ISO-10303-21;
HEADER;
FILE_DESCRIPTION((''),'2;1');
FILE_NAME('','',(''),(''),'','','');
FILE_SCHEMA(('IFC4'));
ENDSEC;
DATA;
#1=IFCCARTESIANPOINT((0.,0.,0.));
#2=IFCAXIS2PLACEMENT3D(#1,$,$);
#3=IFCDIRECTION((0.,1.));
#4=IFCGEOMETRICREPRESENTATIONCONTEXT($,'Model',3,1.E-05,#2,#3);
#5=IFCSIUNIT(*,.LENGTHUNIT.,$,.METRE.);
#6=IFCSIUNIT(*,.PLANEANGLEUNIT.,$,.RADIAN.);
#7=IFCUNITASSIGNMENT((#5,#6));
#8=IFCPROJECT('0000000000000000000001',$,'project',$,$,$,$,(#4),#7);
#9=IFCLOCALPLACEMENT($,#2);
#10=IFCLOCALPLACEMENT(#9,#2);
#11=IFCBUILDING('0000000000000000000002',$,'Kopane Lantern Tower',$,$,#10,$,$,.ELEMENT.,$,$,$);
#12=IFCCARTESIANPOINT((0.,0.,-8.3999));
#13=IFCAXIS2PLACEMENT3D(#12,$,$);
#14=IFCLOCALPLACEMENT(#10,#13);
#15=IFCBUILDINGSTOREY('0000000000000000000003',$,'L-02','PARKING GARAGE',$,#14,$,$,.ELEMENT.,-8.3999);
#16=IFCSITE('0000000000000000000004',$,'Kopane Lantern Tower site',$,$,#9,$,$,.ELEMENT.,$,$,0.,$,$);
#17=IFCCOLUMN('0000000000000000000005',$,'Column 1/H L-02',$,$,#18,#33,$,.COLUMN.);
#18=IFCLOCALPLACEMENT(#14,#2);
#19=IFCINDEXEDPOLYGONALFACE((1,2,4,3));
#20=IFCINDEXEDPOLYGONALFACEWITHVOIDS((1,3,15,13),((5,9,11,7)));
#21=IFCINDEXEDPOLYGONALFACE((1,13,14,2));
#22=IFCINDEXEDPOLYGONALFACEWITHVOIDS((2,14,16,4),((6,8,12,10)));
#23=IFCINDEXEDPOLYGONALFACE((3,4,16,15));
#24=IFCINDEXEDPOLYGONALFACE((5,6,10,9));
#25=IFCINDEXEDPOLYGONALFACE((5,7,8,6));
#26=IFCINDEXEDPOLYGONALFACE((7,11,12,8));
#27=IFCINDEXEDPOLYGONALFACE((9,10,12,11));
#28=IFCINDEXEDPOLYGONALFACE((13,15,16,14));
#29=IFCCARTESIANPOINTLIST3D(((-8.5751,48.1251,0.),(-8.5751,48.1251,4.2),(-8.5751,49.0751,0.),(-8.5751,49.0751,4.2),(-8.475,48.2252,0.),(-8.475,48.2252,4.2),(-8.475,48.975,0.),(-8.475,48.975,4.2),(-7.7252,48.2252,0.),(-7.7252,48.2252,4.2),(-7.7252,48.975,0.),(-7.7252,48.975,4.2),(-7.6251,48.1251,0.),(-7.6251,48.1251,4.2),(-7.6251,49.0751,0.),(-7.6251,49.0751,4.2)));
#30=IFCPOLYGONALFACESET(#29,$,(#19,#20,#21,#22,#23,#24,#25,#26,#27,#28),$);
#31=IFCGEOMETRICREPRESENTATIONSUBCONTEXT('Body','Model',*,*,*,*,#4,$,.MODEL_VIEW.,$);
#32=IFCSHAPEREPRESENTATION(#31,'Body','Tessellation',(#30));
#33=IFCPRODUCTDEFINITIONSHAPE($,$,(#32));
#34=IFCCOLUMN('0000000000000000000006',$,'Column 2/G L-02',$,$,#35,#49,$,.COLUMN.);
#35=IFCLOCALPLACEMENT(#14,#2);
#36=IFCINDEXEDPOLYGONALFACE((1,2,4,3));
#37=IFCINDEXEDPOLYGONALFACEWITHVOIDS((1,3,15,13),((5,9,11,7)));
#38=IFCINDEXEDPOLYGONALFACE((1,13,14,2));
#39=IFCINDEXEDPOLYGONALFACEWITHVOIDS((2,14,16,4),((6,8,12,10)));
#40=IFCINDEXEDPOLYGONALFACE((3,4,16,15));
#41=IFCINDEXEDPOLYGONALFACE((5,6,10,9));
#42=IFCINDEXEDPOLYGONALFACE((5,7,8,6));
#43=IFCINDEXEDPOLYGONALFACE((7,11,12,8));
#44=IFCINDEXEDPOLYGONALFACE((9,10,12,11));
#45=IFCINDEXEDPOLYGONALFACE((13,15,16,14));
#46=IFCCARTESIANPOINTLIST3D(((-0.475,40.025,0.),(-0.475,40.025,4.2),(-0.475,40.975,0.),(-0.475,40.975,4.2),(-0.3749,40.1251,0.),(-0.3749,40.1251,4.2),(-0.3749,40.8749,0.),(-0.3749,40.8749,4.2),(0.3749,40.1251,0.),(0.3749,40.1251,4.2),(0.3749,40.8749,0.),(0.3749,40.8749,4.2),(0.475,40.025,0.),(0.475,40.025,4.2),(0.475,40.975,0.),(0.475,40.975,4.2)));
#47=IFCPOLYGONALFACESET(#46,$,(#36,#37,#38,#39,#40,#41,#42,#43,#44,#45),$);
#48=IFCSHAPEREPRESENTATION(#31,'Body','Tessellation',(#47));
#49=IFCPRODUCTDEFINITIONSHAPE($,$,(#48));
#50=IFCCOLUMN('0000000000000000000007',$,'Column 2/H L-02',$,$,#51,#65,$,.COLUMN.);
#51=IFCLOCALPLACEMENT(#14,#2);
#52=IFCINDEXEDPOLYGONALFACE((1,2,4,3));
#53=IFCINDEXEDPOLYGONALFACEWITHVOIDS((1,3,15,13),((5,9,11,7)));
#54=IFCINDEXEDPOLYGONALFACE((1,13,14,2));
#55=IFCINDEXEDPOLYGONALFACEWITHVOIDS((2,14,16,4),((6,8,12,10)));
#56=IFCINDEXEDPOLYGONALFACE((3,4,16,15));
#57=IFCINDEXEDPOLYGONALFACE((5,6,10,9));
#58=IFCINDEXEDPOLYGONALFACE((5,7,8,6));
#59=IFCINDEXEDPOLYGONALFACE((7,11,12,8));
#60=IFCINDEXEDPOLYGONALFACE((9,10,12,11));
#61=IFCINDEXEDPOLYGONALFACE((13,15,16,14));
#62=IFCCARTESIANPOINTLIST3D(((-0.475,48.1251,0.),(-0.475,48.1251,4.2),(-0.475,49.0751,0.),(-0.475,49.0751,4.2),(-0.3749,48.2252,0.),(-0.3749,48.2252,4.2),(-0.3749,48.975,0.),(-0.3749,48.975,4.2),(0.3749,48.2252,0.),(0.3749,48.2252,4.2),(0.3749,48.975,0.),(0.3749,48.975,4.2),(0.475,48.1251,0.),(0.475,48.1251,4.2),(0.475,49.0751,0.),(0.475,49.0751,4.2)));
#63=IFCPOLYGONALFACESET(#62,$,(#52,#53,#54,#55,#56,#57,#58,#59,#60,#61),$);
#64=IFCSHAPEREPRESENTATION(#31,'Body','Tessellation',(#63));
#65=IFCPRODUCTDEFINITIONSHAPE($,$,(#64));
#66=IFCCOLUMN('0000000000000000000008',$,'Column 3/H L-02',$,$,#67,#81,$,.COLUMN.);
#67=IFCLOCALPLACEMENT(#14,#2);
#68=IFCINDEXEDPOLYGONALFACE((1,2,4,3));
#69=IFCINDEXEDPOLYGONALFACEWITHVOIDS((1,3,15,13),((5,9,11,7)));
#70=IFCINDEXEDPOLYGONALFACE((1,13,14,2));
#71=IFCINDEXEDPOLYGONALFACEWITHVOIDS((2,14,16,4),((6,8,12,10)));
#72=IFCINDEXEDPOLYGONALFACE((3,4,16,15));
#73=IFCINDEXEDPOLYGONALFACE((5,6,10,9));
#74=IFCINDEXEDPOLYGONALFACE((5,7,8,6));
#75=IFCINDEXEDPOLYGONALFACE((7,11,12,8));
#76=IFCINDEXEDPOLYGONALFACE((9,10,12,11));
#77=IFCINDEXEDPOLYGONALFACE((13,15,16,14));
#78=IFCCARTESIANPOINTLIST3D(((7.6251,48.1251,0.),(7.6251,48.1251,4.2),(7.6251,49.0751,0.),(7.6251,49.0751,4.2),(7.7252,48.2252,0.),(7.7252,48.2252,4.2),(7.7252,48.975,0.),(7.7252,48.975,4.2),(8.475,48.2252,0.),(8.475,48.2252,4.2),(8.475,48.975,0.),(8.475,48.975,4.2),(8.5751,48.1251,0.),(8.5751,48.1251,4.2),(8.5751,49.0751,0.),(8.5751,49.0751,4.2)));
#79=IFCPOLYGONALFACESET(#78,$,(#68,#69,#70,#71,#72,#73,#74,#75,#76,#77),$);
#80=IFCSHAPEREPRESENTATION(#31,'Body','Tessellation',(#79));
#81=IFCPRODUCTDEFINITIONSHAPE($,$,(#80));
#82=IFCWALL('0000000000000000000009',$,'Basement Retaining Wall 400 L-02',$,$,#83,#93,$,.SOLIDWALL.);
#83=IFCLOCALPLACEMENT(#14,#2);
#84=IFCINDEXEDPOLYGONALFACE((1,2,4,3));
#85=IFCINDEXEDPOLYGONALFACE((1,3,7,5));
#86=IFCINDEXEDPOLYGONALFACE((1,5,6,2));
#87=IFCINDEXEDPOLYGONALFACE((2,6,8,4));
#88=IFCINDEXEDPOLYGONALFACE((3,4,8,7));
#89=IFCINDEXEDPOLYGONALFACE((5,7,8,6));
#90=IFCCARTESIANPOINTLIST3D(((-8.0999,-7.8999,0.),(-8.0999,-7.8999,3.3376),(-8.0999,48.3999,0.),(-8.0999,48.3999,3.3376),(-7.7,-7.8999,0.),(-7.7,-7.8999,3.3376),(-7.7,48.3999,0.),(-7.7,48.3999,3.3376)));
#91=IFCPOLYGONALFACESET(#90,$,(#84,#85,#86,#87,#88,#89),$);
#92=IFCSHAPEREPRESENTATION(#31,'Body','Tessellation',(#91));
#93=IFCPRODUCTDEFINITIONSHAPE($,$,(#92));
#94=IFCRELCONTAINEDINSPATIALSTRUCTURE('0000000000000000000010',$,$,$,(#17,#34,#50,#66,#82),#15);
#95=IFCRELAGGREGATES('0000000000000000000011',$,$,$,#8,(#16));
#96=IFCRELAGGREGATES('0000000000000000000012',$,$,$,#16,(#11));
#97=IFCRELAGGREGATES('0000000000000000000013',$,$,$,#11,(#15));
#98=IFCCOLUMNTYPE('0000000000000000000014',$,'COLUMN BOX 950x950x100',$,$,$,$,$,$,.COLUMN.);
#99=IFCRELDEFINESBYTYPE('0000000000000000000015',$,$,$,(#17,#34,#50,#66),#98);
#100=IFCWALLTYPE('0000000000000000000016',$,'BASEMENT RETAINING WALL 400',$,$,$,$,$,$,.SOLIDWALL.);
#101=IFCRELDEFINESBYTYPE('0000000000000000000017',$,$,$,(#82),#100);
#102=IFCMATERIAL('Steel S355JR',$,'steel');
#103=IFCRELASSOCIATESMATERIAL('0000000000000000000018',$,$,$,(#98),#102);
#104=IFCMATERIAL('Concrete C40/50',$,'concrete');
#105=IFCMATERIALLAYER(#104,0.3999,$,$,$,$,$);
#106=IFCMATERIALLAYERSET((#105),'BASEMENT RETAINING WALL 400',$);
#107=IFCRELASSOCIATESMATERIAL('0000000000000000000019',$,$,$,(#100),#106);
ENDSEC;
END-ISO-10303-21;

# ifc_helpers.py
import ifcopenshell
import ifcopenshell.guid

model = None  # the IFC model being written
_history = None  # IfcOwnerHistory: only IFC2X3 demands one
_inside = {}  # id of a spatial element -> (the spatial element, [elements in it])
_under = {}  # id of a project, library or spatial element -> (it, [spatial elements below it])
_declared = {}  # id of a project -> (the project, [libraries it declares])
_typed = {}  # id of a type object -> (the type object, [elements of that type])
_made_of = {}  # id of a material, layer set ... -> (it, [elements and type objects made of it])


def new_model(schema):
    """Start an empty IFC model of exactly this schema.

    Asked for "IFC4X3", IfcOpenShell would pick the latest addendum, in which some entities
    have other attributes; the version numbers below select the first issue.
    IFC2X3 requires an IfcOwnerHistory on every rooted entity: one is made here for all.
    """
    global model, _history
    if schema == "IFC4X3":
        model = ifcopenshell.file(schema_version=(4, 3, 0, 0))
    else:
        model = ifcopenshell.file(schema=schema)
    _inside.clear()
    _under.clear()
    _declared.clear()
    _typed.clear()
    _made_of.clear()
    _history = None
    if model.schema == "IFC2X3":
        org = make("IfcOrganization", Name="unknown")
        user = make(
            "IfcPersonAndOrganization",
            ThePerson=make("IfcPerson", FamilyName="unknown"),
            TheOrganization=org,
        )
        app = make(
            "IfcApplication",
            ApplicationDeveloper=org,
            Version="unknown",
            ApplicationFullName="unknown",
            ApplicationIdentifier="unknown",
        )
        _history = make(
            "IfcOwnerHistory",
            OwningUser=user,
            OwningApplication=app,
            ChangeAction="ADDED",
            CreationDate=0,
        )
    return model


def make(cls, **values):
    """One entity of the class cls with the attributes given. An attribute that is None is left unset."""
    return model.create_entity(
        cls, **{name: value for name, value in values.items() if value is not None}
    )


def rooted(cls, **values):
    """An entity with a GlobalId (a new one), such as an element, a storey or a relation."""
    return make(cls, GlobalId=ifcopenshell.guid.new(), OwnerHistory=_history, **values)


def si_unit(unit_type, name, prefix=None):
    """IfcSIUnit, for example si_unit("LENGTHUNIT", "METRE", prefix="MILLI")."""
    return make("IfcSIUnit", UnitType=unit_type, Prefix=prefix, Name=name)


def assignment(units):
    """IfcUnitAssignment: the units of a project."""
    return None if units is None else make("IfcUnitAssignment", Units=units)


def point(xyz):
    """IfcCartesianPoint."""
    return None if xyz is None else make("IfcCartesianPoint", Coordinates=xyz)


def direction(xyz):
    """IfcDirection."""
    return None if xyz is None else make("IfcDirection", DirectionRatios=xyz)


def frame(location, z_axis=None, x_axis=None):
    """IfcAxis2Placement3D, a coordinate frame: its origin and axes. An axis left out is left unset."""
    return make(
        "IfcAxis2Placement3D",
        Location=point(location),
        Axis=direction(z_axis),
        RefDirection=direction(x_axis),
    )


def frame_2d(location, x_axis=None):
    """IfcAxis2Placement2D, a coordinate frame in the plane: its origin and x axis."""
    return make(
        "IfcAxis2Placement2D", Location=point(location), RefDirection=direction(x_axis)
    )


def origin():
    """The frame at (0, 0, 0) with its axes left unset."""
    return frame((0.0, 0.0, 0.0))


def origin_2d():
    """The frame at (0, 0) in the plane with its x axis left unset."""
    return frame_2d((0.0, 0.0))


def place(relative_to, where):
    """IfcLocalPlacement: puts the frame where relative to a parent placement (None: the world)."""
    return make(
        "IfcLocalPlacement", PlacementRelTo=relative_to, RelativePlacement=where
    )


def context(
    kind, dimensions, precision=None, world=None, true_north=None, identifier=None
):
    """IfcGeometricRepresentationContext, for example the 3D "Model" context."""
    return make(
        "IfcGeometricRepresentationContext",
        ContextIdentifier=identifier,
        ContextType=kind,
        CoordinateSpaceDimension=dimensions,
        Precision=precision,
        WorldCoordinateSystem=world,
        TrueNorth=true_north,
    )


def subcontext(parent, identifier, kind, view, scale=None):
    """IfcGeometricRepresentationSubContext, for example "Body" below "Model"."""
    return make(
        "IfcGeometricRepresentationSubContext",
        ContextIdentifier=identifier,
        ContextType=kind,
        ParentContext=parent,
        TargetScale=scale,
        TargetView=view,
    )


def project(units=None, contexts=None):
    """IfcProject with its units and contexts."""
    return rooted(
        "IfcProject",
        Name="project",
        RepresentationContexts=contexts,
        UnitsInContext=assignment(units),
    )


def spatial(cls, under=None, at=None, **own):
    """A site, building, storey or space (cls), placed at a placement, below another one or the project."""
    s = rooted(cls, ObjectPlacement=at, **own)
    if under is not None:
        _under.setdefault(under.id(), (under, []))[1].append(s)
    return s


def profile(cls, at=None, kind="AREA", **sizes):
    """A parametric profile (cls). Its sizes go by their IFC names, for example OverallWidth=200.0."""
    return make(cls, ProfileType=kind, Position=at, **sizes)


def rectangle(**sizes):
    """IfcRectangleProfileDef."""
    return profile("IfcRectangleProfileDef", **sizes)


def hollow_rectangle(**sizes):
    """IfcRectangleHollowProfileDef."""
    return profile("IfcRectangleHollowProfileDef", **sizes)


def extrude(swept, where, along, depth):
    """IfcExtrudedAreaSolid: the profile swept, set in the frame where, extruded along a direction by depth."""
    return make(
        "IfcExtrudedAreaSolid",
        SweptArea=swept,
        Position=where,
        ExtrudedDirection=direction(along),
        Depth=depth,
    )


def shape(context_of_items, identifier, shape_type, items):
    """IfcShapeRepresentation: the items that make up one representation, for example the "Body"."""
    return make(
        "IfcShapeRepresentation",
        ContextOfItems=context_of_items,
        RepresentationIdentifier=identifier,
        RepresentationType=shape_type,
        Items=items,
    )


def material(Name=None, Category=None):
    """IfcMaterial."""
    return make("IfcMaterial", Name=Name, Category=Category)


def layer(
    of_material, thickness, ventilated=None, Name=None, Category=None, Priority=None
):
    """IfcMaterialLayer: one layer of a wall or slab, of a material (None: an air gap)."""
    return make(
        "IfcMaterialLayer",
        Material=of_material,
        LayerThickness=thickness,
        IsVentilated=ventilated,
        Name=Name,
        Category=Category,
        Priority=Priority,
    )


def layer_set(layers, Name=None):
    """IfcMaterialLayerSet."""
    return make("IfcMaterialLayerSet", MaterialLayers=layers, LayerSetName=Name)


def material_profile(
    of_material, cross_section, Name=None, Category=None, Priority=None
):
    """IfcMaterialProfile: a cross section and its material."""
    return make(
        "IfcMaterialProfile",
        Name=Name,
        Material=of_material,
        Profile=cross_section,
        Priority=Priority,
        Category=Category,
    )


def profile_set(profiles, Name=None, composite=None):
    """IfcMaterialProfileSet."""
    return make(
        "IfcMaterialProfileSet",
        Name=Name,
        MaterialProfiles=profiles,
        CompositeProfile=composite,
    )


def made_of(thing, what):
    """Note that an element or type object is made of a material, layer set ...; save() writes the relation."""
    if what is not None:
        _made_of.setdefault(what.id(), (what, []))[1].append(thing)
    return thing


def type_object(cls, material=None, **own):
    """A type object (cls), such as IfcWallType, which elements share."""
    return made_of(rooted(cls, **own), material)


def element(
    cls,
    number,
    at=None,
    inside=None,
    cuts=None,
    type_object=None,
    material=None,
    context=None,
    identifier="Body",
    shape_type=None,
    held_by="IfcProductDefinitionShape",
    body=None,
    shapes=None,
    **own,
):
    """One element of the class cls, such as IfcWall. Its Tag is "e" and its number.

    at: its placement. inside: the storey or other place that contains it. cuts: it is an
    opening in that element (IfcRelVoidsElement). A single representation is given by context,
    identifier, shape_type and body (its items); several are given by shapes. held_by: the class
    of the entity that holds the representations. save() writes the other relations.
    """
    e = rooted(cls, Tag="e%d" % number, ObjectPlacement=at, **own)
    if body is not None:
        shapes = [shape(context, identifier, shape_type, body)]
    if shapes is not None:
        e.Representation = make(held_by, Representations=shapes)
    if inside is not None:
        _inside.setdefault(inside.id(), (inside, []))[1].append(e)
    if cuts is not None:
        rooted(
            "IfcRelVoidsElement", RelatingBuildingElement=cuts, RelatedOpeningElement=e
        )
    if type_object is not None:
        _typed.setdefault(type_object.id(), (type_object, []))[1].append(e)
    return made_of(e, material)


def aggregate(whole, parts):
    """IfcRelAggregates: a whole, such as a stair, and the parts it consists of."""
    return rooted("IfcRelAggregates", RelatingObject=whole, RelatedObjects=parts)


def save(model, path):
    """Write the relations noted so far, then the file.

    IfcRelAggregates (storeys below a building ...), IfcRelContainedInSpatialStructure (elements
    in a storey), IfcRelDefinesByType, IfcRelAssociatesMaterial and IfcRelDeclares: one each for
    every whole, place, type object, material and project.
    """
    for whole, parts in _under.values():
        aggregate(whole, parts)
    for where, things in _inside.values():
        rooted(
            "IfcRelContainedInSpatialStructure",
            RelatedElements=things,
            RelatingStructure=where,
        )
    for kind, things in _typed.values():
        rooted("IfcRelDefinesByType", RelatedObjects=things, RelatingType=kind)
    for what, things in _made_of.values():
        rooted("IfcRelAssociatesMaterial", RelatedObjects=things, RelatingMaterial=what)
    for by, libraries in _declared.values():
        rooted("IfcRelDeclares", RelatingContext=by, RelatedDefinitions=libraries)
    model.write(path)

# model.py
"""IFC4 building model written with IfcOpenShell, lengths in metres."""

from ifc_helpers import new_model, si_unit, direction, frame, frame_2d, origin, origin_2d, place, context, subcontext, project, spatial, rectangle, hollow_rectangle, extrude, material, layer, layer_set, material_profile, profile_set, type_object, element, save


model = new_model("IFC4")

# Units and contexts
model_context = context("Model", 3, precision=1e-05, world=origin(), true_north=direction((0.0, 1.0)))
body_context = subcontext(model_context, "Body", "Model", "MODEL_VIEW")
ifc_project = project(units=[si_unit("LENGTHUNIT", "METRE"), si_unit("PLANEANGLEUNIT", "RADIAN")], contexts=[model_context])

# Site, building, storey
site_placement = place(None, origin())
site = spatial("IfcSite", under=ifc_project, at=site_placement, Name="Kopane Lantern Tower site", CompositionType="ELEMENT", RefElevation=0.0)
building_placement = place(site_placement, origin())
building = spatial("IfcBuilding", under=site, at=building_placement, Name="Kopane Lantern Tower", CompositionType="ELEMENT")
storey_placement = place(building_placement, frame((0.0, 0.0, -8.3999)))
storey = spatial("IfcBuildingStorey", under=building, at=storey_placement, Name="L-02", Description="PARKING GARAGE", CompositionType="ELEMENT", Elevation=-8.3999)

# Columns
ifc_material_1 = material(Name="Steel S355JR", Category="steel")
ifc_material_profile_1 = material_profile(ifc_material_1, hollow_rectangle(XDim=0.95, YDim=0.95, WallThickness=0.1001, at=origin_2d()), Name="BOX 950x950x100")
ifc_profile_set_1 = profile_set([ifc_material_profile_1], Name="Steel S355JR")
column_type_1 = type_object("IfcColumnType", Name="COLUMN BOX 950x950x100", PredefinedType="COLUMN", material=ifc_profile_set_1)
for number, where, z_axis, x_axis, name in (
    (1, (-8.1001, 48.6001, 0.0), (0.0, 0.0, 1.0), (1.0, 0.0, 0.0), "Column 1/H L-02"),
    (2, (0.0, 40.5, 0.0), (0.0, 0.0, 1.0), (1.0, 0.0, 0.0), "Column 2/G L-02"),
    (3, (0.0, 48.6001, 0.0), (0.0, 0.0, 1.0), (1.0, 0.0, 0.0), "Column 2/H L-02"),
    (4, (8.1001, 48.6001, 0.0), (0.0, 0.0, 1.0), (1.0, 0.0, 0.0), "Column 3/H L-02"),
):
    element("IfcColumn", number, at=place(storey_placement, frame(where, z_axis=z_axis, x_axis=x_axis)), inside=storey, type_object=column_type_1, Name=name, PredefinedType="COLUMN", context=body_context, shape_type="SweptSolid", body=[
        extrude(hollow_rectangle(XDim=0.95, YDim=0.95, WallThickness=0.1001, at=origin_2d()), origin(), (0.0, 0.0, 1.0), 4.2),
    ])

# Wall
ifc_material_2 = material(Name="Concrete C40/50", Category="concrete")
ifc_layer = layer(ifc_material_2, 0.3999)
ifc_layer_set = layer_set([ifc_layer], Name="BASEMENT RETAINING WALL 400")
wall_type = type_object("IfcWallType", Name="BASEMENT RETAINING WALL 400", PredefinedType="SOLIDWALL", material=ifc_layer_set)
wall_placement = place(storey_placement, frame((-7.8999, 48.3999, 0.0), z_axis=(0.0, 0.0, 1.0), x_axis=(0.0, -1.0, 0.0)))
element("IfcWall", 5, at=wall_placement, inside=storey, type_object=wall_type, Name="Basement Retaining Wall 400 L-02", PredefinedType="SOLIDWALL", context=body_context, shape_type="SweptSolid", body=[
    extrude(rectangle(XDim=56.2998, YDim=0.3999, at=frame_2d((28.1499, 0.0))), origin(), (0.0, 0.0, 1.0), 3.3376),
])

save(model, "model.ifc")
